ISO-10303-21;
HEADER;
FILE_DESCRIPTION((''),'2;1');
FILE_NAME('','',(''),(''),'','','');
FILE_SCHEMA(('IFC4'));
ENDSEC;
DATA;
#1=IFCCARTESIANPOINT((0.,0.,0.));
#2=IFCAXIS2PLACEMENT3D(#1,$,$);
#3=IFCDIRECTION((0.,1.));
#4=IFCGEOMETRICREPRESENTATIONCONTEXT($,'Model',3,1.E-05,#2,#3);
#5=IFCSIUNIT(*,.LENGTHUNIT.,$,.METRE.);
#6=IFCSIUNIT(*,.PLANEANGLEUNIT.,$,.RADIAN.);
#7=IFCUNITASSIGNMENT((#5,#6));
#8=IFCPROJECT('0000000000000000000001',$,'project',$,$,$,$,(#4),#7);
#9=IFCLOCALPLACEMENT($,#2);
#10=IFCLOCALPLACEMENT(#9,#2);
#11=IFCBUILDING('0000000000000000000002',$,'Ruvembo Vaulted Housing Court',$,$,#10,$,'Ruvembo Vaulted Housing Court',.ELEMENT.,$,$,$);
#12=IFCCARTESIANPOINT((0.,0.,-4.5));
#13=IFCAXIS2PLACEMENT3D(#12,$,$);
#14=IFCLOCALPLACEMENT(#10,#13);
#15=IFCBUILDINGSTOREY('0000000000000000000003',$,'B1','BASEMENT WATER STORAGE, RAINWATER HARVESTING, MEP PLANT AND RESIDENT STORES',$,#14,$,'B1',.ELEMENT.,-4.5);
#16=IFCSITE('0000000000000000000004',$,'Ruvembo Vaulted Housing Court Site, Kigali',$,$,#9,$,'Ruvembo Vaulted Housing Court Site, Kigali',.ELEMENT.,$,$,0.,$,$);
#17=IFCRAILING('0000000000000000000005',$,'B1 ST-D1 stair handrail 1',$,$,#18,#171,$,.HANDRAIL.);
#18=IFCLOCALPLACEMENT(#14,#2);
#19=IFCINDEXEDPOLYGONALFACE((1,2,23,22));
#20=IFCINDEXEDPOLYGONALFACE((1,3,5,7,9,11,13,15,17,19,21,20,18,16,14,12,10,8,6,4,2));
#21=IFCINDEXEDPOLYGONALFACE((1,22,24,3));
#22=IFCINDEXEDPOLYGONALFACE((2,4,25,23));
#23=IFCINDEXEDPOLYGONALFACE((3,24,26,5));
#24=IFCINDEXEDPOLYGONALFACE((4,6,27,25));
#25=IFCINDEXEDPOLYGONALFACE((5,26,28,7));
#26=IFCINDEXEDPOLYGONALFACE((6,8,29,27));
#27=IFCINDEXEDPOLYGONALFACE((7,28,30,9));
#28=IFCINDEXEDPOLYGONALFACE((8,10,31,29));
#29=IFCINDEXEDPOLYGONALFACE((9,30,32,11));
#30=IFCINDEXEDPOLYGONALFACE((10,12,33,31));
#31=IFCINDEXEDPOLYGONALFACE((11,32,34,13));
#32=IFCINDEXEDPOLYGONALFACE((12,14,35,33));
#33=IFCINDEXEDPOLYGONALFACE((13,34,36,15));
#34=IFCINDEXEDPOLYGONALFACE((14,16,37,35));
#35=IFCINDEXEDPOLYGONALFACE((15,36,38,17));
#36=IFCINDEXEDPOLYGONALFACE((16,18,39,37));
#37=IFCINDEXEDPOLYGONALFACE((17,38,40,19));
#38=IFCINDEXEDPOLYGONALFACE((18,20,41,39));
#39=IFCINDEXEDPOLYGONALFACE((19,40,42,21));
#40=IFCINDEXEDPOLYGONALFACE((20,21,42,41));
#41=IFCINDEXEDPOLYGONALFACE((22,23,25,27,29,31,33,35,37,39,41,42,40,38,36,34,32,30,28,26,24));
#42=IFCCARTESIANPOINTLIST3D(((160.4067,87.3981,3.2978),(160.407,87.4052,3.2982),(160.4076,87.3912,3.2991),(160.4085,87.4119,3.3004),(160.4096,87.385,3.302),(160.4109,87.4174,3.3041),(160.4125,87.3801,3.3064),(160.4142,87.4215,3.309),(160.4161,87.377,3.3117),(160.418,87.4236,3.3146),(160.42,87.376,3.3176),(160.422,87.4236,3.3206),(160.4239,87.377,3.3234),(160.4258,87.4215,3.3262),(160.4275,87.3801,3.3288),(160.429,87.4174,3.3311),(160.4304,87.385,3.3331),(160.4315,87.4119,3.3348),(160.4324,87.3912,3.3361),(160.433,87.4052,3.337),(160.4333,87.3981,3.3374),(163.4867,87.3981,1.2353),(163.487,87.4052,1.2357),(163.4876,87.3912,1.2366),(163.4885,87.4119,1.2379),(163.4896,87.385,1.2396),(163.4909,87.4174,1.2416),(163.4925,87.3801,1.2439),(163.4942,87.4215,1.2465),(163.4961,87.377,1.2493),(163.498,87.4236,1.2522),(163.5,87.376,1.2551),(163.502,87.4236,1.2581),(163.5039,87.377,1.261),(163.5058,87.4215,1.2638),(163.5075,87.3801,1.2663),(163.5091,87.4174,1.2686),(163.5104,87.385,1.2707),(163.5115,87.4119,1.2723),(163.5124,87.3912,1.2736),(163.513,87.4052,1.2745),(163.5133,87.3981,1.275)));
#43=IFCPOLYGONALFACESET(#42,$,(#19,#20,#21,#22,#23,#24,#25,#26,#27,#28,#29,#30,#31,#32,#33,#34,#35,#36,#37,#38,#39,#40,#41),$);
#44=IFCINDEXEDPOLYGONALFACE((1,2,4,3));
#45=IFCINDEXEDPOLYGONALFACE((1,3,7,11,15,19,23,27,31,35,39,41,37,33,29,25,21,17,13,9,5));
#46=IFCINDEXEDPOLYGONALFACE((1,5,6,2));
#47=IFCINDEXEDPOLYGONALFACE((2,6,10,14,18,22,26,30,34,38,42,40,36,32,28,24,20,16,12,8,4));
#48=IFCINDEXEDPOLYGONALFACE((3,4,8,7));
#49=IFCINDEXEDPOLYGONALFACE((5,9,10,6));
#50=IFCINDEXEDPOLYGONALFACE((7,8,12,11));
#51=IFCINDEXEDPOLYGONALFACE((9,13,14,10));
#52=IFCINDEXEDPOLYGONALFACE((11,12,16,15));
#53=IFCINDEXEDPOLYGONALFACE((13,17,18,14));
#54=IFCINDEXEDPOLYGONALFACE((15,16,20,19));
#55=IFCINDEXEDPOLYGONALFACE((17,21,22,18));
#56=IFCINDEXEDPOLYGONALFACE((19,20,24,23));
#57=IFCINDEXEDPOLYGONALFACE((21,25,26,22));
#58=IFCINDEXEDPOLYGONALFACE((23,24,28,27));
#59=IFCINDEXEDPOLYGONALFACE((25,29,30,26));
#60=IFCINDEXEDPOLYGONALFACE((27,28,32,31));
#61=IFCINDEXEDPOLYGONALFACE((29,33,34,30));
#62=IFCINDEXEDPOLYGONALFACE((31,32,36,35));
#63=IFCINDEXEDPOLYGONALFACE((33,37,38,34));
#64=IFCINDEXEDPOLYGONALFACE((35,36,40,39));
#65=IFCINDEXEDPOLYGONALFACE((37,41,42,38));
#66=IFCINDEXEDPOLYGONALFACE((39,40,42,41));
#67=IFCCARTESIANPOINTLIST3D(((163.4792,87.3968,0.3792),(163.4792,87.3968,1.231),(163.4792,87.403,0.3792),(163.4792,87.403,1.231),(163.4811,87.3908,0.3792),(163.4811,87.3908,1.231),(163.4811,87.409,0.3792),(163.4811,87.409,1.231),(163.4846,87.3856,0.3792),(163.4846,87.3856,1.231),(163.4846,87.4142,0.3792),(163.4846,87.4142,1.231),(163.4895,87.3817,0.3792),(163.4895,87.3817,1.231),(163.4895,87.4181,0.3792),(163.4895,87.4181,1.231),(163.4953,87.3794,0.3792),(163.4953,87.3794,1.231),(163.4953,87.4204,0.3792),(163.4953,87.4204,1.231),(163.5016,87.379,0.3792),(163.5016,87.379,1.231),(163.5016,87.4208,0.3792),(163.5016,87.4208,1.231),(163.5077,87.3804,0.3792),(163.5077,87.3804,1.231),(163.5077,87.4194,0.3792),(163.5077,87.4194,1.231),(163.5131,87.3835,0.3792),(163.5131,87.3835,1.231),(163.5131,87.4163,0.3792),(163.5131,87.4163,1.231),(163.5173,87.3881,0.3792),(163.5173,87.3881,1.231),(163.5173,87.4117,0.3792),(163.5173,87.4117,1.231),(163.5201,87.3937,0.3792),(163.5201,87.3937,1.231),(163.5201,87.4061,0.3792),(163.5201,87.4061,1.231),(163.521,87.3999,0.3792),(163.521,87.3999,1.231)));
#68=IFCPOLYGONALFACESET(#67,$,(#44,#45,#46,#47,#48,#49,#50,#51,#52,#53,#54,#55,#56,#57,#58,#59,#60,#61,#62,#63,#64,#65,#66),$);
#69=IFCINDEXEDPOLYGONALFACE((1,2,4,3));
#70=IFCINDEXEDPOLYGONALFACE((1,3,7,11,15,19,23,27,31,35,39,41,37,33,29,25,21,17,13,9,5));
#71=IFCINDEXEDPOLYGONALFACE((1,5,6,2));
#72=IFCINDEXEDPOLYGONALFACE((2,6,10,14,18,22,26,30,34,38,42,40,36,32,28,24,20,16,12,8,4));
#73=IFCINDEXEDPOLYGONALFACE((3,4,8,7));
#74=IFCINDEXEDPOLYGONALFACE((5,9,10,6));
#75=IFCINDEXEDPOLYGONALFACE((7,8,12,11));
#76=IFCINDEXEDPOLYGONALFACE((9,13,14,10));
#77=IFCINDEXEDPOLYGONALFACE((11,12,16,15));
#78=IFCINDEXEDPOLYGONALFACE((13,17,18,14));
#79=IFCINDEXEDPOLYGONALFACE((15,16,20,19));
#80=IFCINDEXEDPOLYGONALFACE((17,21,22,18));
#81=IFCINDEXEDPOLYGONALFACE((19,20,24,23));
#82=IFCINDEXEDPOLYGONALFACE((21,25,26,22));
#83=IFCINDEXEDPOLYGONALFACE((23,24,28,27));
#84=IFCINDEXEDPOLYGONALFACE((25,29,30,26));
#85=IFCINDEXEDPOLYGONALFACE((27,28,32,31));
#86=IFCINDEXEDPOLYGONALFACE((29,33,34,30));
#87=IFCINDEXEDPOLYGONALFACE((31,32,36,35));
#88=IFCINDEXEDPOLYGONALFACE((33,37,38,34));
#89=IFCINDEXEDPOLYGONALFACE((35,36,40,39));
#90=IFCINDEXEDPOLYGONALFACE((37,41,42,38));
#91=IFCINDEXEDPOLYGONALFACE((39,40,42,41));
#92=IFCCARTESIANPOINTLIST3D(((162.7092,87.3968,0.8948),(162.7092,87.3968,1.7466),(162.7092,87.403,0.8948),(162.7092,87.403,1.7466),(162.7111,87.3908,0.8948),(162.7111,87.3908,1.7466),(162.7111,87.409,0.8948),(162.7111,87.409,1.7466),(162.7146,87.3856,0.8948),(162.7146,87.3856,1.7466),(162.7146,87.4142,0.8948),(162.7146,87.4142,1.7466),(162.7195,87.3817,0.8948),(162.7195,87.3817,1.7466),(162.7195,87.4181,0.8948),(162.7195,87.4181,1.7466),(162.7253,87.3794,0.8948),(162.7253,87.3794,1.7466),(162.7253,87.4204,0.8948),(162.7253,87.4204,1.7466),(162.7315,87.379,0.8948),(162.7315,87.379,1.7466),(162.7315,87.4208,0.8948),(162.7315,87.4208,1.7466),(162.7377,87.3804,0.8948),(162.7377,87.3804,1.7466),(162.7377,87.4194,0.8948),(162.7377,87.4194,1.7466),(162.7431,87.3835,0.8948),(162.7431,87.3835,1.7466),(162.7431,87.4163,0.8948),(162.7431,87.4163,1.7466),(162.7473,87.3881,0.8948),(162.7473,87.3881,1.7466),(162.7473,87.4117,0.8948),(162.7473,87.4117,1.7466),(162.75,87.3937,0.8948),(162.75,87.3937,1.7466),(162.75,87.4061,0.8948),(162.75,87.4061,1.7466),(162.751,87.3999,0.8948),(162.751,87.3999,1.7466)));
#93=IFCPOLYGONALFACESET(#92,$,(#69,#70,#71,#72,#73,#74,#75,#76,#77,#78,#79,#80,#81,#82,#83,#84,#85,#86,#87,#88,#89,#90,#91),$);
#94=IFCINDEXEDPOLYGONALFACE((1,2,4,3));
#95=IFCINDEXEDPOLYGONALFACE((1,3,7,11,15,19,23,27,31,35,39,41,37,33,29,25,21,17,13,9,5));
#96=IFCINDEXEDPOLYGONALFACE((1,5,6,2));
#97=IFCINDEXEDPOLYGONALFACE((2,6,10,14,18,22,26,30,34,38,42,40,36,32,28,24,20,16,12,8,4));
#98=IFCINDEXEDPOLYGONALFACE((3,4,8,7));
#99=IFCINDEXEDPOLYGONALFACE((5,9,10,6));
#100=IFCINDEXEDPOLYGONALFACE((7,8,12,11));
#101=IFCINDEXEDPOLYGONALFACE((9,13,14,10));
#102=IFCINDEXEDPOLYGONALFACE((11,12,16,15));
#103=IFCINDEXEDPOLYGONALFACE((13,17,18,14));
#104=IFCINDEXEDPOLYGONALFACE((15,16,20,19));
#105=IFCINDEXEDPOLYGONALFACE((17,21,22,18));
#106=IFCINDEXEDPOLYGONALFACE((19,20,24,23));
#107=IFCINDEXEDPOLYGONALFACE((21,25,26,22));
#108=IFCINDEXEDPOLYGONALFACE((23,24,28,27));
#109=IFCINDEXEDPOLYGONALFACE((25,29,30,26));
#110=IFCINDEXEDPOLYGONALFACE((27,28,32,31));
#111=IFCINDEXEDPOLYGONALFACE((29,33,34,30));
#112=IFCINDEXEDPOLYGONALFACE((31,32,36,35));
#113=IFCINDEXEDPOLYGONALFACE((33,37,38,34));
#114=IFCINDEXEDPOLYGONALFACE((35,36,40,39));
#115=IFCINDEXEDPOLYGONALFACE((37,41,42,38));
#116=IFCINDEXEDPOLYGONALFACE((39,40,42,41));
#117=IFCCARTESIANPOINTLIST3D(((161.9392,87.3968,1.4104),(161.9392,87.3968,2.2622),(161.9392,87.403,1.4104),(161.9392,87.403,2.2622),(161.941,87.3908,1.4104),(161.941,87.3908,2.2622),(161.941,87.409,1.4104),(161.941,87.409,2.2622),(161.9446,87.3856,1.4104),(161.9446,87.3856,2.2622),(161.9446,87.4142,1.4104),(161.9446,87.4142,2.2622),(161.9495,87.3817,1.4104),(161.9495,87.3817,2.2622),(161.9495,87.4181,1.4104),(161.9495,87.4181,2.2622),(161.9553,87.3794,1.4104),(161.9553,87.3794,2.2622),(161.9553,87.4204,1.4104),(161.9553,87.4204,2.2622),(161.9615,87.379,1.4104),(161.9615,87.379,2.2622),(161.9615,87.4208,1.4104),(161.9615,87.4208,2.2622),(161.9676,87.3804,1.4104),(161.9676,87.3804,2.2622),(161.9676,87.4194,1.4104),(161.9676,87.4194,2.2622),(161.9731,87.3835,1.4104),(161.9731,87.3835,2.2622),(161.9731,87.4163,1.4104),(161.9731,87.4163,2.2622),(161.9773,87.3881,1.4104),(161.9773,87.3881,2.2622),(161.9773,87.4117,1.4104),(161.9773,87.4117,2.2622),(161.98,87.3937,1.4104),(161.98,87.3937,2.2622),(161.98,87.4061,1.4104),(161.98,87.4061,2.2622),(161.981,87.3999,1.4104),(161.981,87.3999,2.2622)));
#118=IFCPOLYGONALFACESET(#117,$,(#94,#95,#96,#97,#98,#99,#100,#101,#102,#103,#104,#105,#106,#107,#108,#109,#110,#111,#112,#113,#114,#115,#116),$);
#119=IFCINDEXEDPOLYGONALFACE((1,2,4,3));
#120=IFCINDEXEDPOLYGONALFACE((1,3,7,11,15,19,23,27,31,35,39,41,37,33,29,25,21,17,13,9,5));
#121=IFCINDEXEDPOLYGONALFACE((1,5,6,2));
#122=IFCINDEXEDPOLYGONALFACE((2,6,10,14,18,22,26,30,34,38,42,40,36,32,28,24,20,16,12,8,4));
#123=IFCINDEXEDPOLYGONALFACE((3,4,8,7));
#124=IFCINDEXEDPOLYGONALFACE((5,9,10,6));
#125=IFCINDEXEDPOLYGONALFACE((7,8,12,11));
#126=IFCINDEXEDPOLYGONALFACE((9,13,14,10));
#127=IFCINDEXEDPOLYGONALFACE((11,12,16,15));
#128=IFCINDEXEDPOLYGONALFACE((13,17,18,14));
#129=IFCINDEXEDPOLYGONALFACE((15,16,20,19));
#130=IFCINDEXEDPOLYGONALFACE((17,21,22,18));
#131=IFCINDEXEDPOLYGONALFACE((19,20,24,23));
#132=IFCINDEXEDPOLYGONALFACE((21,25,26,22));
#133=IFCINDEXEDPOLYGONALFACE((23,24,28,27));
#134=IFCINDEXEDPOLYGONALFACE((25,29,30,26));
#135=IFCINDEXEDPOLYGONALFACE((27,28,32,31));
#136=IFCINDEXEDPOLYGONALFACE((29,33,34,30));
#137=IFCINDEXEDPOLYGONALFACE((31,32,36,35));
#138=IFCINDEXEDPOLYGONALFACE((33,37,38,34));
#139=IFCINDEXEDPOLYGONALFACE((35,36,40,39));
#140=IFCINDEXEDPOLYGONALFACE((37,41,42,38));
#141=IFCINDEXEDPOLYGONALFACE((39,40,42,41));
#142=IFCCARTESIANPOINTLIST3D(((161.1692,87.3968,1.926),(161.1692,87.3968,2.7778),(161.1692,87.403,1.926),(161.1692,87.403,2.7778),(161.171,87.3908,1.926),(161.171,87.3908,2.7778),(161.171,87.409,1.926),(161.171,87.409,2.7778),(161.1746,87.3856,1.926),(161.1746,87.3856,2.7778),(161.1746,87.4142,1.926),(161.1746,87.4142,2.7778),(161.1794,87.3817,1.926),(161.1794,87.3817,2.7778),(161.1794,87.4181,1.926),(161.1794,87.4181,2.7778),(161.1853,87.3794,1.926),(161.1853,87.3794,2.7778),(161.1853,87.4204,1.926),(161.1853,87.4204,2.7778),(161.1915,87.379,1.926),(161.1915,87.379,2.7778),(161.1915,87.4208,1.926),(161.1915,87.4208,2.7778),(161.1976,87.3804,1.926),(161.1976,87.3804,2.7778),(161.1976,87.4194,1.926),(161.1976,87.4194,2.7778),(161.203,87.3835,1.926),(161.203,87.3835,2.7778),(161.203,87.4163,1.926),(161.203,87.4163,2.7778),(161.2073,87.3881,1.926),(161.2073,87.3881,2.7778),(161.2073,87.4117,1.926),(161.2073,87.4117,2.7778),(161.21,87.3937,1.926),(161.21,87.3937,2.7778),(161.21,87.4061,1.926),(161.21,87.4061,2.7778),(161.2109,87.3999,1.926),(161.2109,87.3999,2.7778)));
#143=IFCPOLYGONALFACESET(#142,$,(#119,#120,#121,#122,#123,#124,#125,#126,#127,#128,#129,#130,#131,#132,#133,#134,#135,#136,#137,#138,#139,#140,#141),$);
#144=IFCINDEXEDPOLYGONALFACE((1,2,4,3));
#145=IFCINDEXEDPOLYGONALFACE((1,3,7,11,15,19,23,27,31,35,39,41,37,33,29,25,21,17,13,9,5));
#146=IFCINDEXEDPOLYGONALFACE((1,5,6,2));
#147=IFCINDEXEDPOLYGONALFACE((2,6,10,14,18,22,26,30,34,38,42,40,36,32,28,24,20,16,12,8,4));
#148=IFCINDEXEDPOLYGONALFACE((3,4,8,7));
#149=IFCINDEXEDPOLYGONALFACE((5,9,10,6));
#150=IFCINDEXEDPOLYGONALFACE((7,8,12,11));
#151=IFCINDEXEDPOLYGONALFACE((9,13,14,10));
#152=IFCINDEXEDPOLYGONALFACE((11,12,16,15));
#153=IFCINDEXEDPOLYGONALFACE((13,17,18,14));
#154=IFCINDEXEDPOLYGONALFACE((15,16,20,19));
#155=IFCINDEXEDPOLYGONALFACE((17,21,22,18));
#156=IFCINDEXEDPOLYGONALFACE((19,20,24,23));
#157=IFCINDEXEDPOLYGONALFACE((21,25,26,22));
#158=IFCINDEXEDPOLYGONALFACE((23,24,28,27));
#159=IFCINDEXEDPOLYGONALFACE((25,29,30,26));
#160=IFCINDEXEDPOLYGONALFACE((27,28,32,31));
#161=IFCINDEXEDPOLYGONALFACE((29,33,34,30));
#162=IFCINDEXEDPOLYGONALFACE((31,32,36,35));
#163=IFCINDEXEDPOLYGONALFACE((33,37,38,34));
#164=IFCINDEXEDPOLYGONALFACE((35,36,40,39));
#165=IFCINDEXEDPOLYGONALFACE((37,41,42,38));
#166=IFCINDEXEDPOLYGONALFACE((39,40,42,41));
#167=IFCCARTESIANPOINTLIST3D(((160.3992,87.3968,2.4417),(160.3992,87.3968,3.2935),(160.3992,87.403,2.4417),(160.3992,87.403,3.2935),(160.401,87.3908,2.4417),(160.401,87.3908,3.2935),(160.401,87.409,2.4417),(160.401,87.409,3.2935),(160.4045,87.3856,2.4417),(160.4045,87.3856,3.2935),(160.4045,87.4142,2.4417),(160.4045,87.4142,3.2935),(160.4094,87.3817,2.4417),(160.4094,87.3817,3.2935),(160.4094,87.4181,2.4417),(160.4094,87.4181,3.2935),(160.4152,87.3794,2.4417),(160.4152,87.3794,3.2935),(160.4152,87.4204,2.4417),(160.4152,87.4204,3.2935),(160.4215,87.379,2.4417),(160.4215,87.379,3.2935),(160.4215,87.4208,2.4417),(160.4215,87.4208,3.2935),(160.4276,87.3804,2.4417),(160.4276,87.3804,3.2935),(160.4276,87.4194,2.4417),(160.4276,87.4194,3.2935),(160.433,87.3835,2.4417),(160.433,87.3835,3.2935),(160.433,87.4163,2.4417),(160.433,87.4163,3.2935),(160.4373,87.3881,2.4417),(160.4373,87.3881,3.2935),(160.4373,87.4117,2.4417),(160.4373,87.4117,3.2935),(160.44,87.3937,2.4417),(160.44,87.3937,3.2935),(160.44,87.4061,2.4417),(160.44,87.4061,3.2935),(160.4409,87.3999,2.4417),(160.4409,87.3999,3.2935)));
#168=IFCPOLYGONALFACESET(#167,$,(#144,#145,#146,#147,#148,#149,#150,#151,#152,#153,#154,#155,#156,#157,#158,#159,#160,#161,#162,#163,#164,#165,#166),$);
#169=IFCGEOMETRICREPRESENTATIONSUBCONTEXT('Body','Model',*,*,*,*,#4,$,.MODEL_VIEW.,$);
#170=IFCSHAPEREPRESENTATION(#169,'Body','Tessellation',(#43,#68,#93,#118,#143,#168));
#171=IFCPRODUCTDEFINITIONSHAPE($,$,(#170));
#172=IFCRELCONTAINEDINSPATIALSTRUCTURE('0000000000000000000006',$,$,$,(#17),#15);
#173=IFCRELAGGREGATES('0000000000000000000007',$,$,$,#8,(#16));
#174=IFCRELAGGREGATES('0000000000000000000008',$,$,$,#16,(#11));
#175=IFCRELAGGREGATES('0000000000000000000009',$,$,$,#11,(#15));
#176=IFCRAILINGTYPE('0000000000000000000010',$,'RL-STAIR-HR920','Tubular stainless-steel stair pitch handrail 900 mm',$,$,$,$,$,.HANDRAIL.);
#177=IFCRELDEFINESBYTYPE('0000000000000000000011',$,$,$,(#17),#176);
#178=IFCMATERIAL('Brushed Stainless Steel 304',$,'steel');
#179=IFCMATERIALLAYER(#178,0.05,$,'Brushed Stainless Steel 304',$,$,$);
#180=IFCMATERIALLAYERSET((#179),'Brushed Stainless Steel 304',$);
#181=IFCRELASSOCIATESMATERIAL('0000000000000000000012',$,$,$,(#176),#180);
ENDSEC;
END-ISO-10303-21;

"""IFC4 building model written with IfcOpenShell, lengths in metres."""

from ifc_helpers import new_model, si_unit, direction, frame, origin, origin_2d, place, context, subcontext, project, spatial, circle, extrude, material, layer, layer_set, type_object, element, save


model = new_model("IFC4")

# Units and contexts
model_context = context("Model", 3, precision=1e-05, world=origin(), true_north=direction((0.0, 1.0)))
body_context = subcontext(model_context, "Body", "Model", "MODEL_VIEW")
ifc_project = project(units=[si_unit("LENGTHUNIT", "METRE"), si_unit("PLANEANGLEUNIT", "RADIAN")], contexts=[model_context])

# Site, building, storey
site_placement = place(None, origin())
site = spatial("IfcSite", under=ifc_project, at=site_placement, Name="Ruvembo Vaulted Housing Court Site, Kigali", LongName="Ruvembo Vaulted Housing Court Site, Kigali", CompositionType="ELEMENT", RefElevation=0.0)
building_placement = place(site_placement, origin())
building = spatial("IfcBuilding", under=site, at=building_placement, Name="Ruvembo Vaulted Housing Court", LongName="Ruvembo Vaulted Housing Court", CompositionType="ELEMENT")
storey_placement = place(building_placement, frame((0.0, 0.0, -4.5)))
storey = spatial("IfcBuildingStorey", under=building, at=storey_placement, Name="B1", Description="BASEMENT WATER STORAGE, RAINWATER HARVESTING, MEP PLANT AND RESIDENT STORES", LongName="B1", CompositionType="ELEMENT", Elevation=-4.5)

# Shared definitions
ifc_material_1 = material(Name="Brushed Stainless Steel 304", Category="steel")

# Railing
ifc_layer_1 = layer(ifc_material_1, 0.05, Name="Brushed Stainless Steel 304")
ifc_layer_set_1 = layer_set([ifc_layer_1], Name="Brushed Stainless Steel 304")
railing_type_1 = type_object("IfcRailingType", Name="RL-STAIR-HR920", Description="Tubular stainless-steel stair pitch handrail 900 mm", PredefinedType="HANDRAIL", material=ifc_layer_set_1)
railing_1_placement = place(storey_placement, frame((163.5, 87.3999, 0.3792)))
element("IfcRailing", 1, at=railing_1_placement, inside=storey, type_object=railing_type_1, Name="B1 ST-D1 stair handrail 1", PredefinedType="HANDRAIL", context=body_context, shape_type="SweptSolid", body=[
    extrude(circle(Radius=0.0239, at=origin_2d()), frame((0.0, 0.0, 0.876), z_axis=(-0.830914, 0.0, 0.556401), x_axis=(0.0, -1.0, 0.0)), (0.0, 0.0, 1.0), 3.7068),
    extrude(circle(Radius=0.021, at=origin_2d()), origin(), (0.0, 0.0, 1.0), 0.8518),
    extrude(circle(Radius=0.021, at=origin_2d()), frame((-0.77, 0.0, 0.5156)), (0.0, 0.0, 1.0), 0.8518),
    extrude(circle(Radius=0.021, at=origin_2d()), frame((-1.54, 0.0, 1.0312)), (0.0, 0.0, 1.0), 0.8518),
    extrude(circle(Radius=0.021, at=origin_2d()), frame((-2.3101, 0.0, 1.5469)), (0.0, 0.0, 1.0), 0.8518),
    extrude(circle(Radius=0.021, at=origin_2d()), frame((-3.0801, 0.0, 2.0625)), (0.0, 0.0, 1.0), 0.8518),
])

save(model, "model.ifc")
